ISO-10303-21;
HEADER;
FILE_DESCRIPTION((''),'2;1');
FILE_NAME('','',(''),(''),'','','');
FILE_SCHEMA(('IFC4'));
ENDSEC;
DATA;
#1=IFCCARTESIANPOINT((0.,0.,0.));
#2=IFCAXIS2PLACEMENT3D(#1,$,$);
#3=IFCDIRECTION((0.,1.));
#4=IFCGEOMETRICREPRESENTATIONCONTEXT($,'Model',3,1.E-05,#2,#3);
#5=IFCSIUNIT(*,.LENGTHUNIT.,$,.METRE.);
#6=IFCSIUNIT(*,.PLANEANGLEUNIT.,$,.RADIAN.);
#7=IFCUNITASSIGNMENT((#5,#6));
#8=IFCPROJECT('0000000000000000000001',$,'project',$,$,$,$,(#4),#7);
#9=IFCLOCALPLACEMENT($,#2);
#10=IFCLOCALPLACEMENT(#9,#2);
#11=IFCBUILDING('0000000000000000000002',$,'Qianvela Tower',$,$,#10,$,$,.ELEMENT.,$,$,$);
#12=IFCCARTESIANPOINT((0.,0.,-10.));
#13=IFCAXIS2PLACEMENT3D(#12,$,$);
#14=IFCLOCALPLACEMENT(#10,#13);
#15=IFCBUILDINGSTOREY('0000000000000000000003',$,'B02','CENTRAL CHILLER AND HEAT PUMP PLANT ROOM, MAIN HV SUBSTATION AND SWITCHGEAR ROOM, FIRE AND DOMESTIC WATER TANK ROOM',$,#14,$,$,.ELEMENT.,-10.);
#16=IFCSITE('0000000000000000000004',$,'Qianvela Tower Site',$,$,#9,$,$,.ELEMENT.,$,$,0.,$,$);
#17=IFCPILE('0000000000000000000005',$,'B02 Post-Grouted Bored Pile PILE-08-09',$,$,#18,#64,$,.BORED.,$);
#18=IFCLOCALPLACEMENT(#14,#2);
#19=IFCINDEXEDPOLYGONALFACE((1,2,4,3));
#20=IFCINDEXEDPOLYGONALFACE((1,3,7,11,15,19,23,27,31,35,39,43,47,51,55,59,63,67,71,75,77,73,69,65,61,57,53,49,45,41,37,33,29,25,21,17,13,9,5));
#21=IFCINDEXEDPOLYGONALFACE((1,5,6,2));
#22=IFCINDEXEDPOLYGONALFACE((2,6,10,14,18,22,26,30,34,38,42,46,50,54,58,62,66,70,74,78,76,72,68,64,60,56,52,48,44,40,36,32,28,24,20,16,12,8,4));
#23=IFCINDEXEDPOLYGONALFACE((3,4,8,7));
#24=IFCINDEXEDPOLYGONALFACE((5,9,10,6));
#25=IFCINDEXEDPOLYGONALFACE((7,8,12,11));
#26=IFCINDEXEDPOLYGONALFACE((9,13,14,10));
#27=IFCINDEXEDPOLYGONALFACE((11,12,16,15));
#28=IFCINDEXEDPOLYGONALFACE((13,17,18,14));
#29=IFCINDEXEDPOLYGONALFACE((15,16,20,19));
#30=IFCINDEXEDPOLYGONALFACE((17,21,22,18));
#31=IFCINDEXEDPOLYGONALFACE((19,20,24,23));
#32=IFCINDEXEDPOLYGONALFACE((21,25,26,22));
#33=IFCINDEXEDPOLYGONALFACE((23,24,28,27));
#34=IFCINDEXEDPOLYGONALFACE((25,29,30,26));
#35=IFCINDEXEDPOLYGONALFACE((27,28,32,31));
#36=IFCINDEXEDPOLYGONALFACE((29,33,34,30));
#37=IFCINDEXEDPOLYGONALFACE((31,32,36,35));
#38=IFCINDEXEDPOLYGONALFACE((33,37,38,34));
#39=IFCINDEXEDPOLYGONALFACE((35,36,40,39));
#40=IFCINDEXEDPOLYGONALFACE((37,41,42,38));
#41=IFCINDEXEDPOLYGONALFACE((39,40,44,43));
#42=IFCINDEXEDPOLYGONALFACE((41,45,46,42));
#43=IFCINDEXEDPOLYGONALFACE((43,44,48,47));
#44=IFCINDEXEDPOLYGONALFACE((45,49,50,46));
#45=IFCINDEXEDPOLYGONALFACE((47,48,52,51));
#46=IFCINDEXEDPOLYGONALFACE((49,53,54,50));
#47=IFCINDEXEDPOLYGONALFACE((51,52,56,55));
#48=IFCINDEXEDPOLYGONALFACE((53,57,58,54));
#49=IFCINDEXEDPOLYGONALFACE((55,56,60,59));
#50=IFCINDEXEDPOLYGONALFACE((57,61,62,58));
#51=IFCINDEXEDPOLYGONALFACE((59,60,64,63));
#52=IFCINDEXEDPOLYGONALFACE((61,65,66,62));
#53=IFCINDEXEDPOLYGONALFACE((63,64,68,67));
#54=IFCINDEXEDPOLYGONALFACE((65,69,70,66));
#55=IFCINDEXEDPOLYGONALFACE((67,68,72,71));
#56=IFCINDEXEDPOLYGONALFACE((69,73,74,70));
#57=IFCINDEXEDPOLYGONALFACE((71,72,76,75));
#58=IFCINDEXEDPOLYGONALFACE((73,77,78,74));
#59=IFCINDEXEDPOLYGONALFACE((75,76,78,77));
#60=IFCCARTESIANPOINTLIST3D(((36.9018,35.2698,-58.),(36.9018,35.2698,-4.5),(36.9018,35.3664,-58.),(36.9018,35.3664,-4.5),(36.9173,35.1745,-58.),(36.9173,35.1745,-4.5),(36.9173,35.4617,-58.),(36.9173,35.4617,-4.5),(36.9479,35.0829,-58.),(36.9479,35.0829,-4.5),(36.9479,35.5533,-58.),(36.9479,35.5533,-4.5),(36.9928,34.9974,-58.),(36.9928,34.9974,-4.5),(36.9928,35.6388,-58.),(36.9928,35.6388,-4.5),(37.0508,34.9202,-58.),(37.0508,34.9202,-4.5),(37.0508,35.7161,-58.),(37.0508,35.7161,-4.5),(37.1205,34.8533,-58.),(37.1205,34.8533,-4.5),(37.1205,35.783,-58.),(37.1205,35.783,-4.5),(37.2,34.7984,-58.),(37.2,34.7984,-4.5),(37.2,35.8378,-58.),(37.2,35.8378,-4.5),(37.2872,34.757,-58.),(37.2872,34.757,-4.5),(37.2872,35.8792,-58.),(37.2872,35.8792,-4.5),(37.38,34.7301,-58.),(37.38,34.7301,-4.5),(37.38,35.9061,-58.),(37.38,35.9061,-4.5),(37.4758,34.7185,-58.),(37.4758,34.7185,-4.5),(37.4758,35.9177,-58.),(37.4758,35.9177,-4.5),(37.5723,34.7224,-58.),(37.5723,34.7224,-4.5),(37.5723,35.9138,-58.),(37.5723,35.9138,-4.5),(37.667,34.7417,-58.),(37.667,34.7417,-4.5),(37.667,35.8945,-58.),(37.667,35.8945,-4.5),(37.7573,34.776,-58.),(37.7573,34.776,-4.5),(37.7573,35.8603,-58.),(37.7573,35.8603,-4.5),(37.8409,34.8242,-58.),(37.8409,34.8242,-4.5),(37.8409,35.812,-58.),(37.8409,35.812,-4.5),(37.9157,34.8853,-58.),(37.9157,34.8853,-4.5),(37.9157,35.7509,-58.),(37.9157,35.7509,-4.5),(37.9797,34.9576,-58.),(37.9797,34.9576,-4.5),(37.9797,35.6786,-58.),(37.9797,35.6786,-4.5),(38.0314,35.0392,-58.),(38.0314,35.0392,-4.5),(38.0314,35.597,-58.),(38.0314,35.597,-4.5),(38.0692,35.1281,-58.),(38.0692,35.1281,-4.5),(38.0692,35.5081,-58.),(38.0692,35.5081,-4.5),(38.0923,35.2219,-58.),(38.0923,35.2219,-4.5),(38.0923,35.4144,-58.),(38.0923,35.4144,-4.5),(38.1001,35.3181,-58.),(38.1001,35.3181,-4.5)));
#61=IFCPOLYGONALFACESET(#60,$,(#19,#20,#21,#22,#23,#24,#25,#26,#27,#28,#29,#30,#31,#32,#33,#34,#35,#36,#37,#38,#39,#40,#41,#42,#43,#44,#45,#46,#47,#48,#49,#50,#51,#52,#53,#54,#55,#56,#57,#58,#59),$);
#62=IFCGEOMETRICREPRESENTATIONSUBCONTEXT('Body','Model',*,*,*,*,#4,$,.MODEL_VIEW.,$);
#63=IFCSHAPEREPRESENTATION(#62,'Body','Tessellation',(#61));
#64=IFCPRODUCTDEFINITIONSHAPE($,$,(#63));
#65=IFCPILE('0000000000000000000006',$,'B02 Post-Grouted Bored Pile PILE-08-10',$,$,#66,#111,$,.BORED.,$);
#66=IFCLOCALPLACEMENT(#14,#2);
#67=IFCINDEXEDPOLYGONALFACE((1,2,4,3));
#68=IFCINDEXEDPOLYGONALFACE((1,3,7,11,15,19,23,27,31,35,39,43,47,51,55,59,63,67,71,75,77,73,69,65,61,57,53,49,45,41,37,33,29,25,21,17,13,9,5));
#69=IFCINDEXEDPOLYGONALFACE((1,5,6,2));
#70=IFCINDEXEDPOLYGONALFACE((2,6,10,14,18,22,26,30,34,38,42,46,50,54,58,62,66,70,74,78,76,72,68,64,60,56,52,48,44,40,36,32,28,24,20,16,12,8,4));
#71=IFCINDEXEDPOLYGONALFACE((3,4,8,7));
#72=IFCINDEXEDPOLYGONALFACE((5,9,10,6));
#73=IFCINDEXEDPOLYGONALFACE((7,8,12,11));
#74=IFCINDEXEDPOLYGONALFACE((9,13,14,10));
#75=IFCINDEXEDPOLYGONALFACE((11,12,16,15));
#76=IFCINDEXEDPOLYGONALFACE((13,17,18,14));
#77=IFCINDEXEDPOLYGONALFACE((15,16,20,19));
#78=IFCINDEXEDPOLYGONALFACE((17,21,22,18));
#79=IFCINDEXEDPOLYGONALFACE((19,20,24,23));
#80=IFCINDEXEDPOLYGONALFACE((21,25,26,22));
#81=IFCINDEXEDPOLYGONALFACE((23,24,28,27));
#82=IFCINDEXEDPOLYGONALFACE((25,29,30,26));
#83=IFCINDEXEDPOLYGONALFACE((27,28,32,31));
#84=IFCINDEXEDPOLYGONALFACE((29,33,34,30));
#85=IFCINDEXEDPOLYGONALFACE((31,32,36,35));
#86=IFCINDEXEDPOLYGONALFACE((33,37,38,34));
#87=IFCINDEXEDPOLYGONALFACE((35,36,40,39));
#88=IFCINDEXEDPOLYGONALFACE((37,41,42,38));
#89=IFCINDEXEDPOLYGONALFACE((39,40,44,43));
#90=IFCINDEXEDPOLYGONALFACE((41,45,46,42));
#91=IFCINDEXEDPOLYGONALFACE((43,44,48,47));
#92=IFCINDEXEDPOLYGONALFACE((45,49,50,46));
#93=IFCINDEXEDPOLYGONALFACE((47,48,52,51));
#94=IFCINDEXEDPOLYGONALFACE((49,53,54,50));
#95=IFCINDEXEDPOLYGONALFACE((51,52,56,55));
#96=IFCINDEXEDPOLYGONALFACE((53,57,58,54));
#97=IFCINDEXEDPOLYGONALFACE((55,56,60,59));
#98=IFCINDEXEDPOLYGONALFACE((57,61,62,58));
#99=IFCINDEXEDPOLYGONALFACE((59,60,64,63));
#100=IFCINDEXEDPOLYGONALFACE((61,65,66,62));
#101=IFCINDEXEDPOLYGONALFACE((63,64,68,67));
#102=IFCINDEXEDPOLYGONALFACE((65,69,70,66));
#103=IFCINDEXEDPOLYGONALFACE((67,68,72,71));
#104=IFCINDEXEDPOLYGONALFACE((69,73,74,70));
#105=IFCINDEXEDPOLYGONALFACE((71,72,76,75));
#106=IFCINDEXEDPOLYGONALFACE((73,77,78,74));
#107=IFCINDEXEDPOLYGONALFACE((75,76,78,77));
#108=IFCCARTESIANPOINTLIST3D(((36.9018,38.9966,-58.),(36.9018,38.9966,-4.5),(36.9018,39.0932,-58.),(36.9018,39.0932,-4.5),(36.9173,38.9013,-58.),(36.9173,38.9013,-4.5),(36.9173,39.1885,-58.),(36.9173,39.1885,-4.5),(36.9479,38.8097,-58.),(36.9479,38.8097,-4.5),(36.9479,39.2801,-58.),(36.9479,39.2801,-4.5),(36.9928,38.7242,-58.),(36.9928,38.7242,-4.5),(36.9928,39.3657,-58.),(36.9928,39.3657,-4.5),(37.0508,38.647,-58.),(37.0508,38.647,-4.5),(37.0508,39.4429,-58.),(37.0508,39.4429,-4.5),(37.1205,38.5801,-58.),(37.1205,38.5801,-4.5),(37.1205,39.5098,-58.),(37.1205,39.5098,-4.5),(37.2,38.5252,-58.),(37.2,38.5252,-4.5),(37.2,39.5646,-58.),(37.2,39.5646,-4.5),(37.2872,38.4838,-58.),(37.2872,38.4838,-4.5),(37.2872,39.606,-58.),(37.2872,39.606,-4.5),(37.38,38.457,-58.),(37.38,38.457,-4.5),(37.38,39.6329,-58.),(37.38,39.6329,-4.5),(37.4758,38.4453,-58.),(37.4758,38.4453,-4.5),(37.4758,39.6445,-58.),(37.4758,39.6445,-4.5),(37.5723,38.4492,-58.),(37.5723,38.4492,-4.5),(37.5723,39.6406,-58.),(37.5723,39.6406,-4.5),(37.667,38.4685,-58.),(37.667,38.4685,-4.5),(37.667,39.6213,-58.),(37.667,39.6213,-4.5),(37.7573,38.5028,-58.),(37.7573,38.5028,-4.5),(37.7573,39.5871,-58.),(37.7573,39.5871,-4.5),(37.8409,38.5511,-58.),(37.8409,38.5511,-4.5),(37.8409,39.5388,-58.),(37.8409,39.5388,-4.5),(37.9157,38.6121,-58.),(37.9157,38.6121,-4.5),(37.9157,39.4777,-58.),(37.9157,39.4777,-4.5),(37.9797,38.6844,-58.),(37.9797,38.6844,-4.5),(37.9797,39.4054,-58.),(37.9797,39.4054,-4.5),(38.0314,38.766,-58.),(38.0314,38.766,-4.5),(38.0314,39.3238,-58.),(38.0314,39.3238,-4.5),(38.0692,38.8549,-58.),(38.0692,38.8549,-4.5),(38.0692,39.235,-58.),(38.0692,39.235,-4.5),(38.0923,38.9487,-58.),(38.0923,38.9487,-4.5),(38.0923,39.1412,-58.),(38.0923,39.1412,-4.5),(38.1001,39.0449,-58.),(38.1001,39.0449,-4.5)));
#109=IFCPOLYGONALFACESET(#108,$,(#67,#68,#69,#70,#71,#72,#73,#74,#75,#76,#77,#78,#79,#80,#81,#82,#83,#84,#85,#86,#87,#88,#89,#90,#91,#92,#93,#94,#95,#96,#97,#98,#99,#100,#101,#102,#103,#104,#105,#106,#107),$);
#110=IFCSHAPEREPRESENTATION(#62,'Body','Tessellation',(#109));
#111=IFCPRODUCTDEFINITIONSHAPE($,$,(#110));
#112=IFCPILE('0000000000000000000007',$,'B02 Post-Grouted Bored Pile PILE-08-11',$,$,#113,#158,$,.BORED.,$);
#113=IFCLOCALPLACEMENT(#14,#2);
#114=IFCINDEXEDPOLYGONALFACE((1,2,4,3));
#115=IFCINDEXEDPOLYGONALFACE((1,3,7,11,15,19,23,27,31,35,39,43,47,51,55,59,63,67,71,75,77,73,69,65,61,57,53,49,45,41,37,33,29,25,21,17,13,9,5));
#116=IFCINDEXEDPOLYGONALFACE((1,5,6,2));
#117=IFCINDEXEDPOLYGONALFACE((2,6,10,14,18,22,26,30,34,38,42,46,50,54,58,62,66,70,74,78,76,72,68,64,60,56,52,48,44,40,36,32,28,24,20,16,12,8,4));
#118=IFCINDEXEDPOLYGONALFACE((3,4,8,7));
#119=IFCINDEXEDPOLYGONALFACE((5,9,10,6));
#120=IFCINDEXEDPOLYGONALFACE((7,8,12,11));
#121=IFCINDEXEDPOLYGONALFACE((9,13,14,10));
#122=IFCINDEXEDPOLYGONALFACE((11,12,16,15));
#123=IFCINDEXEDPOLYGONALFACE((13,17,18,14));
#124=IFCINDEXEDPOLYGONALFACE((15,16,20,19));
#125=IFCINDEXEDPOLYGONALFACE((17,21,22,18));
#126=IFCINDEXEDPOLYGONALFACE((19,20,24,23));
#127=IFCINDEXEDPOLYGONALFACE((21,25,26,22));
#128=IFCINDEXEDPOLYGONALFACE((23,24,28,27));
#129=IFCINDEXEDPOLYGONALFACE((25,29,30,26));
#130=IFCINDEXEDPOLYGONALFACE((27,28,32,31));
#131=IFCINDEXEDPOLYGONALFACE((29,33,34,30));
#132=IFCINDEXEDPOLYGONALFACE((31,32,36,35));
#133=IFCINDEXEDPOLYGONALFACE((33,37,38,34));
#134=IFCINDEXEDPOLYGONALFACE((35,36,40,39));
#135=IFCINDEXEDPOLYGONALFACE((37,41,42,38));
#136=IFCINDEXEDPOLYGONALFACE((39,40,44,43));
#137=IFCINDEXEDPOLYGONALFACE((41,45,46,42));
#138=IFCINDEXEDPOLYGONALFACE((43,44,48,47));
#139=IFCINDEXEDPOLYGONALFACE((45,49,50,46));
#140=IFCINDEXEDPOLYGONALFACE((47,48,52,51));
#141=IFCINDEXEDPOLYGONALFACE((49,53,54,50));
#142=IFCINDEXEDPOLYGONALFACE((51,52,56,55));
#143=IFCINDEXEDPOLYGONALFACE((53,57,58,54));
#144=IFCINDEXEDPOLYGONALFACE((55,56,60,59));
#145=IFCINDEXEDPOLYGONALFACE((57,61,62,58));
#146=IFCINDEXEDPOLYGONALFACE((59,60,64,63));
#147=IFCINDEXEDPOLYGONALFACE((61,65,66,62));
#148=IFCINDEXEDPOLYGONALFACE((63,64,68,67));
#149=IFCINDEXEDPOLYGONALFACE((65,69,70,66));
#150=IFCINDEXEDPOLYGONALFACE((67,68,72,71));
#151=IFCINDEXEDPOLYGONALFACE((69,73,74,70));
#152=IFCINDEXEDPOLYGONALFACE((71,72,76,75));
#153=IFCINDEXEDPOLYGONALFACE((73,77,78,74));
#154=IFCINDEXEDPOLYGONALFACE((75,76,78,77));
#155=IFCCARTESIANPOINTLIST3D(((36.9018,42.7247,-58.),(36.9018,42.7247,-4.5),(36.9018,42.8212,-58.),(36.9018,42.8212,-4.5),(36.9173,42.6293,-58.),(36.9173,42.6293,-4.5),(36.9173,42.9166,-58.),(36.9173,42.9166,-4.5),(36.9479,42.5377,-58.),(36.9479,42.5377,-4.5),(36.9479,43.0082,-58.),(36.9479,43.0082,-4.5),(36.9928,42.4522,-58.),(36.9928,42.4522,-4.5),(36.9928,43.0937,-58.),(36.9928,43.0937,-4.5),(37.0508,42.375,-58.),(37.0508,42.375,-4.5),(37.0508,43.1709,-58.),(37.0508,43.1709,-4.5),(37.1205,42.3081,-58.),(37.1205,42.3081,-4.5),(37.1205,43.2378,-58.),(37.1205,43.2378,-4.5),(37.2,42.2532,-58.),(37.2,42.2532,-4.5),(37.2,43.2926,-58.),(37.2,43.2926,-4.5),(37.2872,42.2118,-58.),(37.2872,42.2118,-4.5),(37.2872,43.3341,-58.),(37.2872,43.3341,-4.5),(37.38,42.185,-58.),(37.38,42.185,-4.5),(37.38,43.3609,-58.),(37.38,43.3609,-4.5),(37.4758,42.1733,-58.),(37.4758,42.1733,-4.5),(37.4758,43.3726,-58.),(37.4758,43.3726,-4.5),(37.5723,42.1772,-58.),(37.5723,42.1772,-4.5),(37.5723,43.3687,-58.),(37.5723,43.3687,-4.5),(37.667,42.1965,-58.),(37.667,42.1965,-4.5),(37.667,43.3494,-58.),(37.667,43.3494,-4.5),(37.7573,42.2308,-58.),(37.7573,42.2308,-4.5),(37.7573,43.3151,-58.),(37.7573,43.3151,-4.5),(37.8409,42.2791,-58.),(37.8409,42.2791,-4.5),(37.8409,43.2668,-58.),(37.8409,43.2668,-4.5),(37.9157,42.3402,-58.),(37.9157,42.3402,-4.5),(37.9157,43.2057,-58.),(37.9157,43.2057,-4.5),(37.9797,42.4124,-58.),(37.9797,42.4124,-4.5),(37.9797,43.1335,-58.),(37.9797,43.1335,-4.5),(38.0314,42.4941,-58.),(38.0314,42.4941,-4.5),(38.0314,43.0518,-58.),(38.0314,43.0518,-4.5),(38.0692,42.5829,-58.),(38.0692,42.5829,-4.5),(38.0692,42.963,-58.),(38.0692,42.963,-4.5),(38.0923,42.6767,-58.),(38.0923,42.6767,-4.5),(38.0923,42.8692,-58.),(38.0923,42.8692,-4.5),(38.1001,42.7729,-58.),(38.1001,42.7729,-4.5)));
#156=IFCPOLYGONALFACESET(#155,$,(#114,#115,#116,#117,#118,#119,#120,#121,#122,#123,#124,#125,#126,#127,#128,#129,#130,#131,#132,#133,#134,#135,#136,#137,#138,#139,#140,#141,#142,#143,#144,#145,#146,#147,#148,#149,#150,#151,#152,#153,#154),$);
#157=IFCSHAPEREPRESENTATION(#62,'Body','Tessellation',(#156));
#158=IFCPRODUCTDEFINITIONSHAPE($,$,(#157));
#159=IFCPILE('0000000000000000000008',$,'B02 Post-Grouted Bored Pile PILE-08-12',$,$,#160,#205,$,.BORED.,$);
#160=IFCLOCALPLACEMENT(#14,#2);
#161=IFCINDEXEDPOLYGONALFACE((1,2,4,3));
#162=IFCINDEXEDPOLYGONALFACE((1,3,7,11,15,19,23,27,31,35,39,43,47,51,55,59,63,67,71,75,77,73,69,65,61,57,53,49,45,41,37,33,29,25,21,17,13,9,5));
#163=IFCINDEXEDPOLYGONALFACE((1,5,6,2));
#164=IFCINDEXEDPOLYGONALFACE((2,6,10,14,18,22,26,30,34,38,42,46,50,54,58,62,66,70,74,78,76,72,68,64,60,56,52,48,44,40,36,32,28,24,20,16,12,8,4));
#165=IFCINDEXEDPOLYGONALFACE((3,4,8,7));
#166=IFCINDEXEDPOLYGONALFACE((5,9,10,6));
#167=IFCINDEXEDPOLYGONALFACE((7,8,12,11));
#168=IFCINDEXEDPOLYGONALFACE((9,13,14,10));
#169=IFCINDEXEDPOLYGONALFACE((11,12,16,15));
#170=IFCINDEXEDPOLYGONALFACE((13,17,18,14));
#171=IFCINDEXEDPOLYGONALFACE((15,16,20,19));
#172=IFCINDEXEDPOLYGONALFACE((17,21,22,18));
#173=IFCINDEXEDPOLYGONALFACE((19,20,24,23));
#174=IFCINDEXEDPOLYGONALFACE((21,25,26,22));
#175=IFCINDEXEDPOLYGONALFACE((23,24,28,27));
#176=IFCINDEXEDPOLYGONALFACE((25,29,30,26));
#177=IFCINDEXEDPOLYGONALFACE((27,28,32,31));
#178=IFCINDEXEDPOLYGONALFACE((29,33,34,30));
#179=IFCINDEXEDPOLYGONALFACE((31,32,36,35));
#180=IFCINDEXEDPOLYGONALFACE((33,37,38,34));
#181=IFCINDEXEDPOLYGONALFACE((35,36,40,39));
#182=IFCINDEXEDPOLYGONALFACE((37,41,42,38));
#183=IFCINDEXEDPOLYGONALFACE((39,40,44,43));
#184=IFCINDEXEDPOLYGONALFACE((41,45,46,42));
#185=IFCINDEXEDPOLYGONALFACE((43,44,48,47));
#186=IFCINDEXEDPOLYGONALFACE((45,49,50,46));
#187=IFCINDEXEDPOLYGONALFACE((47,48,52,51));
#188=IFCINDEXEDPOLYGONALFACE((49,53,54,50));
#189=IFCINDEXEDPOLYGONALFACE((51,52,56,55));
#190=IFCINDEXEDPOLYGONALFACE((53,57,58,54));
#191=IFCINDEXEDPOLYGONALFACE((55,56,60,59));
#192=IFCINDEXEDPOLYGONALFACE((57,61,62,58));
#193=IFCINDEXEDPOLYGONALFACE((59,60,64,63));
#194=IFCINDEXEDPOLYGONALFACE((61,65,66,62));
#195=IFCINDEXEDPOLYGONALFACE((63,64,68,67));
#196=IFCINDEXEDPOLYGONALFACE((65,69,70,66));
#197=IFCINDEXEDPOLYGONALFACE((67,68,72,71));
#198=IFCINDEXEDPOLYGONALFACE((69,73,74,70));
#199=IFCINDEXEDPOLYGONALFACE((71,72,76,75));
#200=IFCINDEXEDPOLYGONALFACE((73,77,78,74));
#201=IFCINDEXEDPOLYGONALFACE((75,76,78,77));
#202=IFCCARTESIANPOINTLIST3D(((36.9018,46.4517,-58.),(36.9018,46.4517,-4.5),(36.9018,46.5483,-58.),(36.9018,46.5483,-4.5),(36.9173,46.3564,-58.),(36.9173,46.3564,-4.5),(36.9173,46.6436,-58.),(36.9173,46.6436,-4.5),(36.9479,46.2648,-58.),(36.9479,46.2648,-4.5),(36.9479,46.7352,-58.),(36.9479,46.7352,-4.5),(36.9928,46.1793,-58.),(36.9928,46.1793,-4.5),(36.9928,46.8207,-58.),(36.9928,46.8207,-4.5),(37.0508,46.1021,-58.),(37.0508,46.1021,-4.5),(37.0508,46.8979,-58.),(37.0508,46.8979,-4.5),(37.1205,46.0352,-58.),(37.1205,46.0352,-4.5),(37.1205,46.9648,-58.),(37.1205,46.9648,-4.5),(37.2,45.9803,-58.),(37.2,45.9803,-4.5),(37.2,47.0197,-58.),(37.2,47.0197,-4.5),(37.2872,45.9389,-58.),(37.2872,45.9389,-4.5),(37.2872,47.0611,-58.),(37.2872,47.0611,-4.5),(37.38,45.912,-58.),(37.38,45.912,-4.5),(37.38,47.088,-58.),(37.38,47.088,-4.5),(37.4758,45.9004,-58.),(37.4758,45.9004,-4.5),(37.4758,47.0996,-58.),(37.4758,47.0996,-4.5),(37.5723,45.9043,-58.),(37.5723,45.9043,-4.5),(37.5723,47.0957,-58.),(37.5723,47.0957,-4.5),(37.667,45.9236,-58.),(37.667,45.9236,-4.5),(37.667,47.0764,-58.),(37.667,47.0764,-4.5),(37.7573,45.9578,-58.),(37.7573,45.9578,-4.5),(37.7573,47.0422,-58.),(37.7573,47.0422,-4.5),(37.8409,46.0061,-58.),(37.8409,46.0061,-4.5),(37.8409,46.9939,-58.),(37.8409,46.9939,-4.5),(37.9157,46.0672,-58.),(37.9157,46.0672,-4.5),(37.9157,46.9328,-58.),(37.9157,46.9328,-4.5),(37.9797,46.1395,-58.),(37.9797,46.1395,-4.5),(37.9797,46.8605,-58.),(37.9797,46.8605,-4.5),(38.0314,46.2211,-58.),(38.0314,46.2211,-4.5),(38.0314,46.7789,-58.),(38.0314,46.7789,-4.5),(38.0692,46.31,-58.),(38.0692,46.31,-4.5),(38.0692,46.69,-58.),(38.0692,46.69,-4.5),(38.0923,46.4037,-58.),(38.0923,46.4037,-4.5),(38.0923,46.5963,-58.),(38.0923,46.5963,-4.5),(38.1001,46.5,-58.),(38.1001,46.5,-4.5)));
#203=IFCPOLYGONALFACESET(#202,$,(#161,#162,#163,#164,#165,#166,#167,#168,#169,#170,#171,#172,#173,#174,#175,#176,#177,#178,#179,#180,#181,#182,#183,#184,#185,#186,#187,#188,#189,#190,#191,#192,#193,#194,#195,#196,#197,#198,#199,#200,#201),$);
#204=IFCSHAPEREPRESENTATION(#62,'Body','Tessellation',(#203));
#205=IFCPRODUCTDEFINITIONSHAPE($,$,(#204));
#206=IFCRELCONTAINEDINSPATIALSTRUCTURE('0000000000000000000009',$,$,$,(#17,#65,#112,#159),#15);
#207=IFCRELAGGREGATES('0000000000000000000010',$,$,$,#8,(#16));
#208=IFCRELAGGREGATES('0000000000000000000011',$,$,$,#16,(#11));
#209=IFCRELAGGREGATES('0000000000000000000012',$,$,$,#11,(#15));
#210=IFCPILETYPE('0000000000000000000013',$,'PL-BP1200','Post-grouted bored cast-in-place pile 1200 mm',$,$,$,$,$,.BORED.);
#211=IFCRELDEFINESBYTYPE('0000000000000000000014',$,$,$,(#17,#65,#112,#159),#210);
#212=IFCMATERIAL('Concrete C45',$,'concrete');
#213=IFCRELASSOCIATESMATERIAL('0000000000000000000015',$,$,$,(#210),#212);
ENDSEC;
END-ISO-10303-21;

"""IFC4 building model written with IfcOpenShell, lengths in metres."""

from ifc_helpers import new_model, si_unit, direction, frame, origin, origin_2d, place, context, subcontext, project, spatial, circle, extrude, material, material_profile, profile_set, type_object, element, save


model = new_model("IFC4")

# Units and contexts
model_context = context("Model", 3, precision=1e-05, world=origin(), true_north=direction((0.0, 1.0)))
body_context = subcontext(model_context, "Body", "Model", "MODEL_VIEW")
ifc_project = project(units=[si_unit("LENGTHUNIT", "METRE"), si_unit("PLANEANGLEUNIT", "RADIAN")], contexts=[model_context])

# Site, building, storey
site_placement = place(None, origin())
site = spatial("IfcSite", under=ifc_project, at=site_placement, Name="Qianvela Tower Site", CompositionType="ELEMENT", RefElevation=0.0)
building_placement = place(site_placement, origin())
building = spatial("IfcBuilding", under=site, at=building_placement, Name="Qianvela Tower", CompositionType="ELEMENT")
storey_placement = place(building_placement, frame((0.0, 0.0, -10.0)))
storey = spatial("IfcBuildingStorey", under=building, at=storey_placement, Name="B02", Description="CENTRAL CHILLER AND HEAT PUMP PLANT ROOM, MAIN HV SUBSTATION AND SWITCHGEAR ROOM, FIRE AND DOMESTIC WATER TANK ROOM", CompositionType="ELEMENT", Elevation=-10.0)

# Piles
ifc_material_1 = material(Name="Concrete C45", Category="concrete")
ifc_material_profile_1 = material_profile(ifc_material_1, circle(Radius=0.6001, at=origin_2d()), Name="BP-1200")
ifc_profile_set_1 = profile_set([ifc_material_profile_1], Name="Concrete C45")
pile_type = type_object("IfcPileType", Name="PL-BP1200", Description="Post-grouted bored cast-in-place pile 1200 mm", PredefinedType="BORED", material=ifc_profile_set_1)
for number, where, z_axis, x_axis, name in (
    (1, (37.5, 35.3181, -4.5), (0.0, 0.0, -1.0), (1.0, 0.0, 0.0), "B02 Post-Grouted Bored Pile PILE-08-09"),
    (2, (37.5, 39.0449, -4.5), (0.0, 0.0, -1.0), (1.0, 0.0, 0.0), "B02 Post-Grouted Bored Pile PILE-08-10"),
    (3, (37.5, 42.7729, -4.5), (0.0, 0.0, -1.0), (1.0, 0.0, 0.0), "B02 Post-Grouted Bored Pile PILE-08-11"),
    (4, (37.5, 46.5, -4.5), (0.0, 0.0, -1.0), (1.0, 0.0, 0.0), "B02 Post-Grouted Bored Pile PILE-08-12"),
):
    element("IfcPile", number, at=place(storey_placement, frame(where, z_axis=z_axis, x_axis=x_axis)), inside=storey, type_object=pile_type, Name=name, PredefinedType="BORED", context=body_context, shape_type="SweptSolid", body=[
        extrude(circle(Radius=0.6001, at=origin_2d()), origin(), (0.0, 0.0, 1.0), 53.5),
    ])

save(model, "model.ifc")
